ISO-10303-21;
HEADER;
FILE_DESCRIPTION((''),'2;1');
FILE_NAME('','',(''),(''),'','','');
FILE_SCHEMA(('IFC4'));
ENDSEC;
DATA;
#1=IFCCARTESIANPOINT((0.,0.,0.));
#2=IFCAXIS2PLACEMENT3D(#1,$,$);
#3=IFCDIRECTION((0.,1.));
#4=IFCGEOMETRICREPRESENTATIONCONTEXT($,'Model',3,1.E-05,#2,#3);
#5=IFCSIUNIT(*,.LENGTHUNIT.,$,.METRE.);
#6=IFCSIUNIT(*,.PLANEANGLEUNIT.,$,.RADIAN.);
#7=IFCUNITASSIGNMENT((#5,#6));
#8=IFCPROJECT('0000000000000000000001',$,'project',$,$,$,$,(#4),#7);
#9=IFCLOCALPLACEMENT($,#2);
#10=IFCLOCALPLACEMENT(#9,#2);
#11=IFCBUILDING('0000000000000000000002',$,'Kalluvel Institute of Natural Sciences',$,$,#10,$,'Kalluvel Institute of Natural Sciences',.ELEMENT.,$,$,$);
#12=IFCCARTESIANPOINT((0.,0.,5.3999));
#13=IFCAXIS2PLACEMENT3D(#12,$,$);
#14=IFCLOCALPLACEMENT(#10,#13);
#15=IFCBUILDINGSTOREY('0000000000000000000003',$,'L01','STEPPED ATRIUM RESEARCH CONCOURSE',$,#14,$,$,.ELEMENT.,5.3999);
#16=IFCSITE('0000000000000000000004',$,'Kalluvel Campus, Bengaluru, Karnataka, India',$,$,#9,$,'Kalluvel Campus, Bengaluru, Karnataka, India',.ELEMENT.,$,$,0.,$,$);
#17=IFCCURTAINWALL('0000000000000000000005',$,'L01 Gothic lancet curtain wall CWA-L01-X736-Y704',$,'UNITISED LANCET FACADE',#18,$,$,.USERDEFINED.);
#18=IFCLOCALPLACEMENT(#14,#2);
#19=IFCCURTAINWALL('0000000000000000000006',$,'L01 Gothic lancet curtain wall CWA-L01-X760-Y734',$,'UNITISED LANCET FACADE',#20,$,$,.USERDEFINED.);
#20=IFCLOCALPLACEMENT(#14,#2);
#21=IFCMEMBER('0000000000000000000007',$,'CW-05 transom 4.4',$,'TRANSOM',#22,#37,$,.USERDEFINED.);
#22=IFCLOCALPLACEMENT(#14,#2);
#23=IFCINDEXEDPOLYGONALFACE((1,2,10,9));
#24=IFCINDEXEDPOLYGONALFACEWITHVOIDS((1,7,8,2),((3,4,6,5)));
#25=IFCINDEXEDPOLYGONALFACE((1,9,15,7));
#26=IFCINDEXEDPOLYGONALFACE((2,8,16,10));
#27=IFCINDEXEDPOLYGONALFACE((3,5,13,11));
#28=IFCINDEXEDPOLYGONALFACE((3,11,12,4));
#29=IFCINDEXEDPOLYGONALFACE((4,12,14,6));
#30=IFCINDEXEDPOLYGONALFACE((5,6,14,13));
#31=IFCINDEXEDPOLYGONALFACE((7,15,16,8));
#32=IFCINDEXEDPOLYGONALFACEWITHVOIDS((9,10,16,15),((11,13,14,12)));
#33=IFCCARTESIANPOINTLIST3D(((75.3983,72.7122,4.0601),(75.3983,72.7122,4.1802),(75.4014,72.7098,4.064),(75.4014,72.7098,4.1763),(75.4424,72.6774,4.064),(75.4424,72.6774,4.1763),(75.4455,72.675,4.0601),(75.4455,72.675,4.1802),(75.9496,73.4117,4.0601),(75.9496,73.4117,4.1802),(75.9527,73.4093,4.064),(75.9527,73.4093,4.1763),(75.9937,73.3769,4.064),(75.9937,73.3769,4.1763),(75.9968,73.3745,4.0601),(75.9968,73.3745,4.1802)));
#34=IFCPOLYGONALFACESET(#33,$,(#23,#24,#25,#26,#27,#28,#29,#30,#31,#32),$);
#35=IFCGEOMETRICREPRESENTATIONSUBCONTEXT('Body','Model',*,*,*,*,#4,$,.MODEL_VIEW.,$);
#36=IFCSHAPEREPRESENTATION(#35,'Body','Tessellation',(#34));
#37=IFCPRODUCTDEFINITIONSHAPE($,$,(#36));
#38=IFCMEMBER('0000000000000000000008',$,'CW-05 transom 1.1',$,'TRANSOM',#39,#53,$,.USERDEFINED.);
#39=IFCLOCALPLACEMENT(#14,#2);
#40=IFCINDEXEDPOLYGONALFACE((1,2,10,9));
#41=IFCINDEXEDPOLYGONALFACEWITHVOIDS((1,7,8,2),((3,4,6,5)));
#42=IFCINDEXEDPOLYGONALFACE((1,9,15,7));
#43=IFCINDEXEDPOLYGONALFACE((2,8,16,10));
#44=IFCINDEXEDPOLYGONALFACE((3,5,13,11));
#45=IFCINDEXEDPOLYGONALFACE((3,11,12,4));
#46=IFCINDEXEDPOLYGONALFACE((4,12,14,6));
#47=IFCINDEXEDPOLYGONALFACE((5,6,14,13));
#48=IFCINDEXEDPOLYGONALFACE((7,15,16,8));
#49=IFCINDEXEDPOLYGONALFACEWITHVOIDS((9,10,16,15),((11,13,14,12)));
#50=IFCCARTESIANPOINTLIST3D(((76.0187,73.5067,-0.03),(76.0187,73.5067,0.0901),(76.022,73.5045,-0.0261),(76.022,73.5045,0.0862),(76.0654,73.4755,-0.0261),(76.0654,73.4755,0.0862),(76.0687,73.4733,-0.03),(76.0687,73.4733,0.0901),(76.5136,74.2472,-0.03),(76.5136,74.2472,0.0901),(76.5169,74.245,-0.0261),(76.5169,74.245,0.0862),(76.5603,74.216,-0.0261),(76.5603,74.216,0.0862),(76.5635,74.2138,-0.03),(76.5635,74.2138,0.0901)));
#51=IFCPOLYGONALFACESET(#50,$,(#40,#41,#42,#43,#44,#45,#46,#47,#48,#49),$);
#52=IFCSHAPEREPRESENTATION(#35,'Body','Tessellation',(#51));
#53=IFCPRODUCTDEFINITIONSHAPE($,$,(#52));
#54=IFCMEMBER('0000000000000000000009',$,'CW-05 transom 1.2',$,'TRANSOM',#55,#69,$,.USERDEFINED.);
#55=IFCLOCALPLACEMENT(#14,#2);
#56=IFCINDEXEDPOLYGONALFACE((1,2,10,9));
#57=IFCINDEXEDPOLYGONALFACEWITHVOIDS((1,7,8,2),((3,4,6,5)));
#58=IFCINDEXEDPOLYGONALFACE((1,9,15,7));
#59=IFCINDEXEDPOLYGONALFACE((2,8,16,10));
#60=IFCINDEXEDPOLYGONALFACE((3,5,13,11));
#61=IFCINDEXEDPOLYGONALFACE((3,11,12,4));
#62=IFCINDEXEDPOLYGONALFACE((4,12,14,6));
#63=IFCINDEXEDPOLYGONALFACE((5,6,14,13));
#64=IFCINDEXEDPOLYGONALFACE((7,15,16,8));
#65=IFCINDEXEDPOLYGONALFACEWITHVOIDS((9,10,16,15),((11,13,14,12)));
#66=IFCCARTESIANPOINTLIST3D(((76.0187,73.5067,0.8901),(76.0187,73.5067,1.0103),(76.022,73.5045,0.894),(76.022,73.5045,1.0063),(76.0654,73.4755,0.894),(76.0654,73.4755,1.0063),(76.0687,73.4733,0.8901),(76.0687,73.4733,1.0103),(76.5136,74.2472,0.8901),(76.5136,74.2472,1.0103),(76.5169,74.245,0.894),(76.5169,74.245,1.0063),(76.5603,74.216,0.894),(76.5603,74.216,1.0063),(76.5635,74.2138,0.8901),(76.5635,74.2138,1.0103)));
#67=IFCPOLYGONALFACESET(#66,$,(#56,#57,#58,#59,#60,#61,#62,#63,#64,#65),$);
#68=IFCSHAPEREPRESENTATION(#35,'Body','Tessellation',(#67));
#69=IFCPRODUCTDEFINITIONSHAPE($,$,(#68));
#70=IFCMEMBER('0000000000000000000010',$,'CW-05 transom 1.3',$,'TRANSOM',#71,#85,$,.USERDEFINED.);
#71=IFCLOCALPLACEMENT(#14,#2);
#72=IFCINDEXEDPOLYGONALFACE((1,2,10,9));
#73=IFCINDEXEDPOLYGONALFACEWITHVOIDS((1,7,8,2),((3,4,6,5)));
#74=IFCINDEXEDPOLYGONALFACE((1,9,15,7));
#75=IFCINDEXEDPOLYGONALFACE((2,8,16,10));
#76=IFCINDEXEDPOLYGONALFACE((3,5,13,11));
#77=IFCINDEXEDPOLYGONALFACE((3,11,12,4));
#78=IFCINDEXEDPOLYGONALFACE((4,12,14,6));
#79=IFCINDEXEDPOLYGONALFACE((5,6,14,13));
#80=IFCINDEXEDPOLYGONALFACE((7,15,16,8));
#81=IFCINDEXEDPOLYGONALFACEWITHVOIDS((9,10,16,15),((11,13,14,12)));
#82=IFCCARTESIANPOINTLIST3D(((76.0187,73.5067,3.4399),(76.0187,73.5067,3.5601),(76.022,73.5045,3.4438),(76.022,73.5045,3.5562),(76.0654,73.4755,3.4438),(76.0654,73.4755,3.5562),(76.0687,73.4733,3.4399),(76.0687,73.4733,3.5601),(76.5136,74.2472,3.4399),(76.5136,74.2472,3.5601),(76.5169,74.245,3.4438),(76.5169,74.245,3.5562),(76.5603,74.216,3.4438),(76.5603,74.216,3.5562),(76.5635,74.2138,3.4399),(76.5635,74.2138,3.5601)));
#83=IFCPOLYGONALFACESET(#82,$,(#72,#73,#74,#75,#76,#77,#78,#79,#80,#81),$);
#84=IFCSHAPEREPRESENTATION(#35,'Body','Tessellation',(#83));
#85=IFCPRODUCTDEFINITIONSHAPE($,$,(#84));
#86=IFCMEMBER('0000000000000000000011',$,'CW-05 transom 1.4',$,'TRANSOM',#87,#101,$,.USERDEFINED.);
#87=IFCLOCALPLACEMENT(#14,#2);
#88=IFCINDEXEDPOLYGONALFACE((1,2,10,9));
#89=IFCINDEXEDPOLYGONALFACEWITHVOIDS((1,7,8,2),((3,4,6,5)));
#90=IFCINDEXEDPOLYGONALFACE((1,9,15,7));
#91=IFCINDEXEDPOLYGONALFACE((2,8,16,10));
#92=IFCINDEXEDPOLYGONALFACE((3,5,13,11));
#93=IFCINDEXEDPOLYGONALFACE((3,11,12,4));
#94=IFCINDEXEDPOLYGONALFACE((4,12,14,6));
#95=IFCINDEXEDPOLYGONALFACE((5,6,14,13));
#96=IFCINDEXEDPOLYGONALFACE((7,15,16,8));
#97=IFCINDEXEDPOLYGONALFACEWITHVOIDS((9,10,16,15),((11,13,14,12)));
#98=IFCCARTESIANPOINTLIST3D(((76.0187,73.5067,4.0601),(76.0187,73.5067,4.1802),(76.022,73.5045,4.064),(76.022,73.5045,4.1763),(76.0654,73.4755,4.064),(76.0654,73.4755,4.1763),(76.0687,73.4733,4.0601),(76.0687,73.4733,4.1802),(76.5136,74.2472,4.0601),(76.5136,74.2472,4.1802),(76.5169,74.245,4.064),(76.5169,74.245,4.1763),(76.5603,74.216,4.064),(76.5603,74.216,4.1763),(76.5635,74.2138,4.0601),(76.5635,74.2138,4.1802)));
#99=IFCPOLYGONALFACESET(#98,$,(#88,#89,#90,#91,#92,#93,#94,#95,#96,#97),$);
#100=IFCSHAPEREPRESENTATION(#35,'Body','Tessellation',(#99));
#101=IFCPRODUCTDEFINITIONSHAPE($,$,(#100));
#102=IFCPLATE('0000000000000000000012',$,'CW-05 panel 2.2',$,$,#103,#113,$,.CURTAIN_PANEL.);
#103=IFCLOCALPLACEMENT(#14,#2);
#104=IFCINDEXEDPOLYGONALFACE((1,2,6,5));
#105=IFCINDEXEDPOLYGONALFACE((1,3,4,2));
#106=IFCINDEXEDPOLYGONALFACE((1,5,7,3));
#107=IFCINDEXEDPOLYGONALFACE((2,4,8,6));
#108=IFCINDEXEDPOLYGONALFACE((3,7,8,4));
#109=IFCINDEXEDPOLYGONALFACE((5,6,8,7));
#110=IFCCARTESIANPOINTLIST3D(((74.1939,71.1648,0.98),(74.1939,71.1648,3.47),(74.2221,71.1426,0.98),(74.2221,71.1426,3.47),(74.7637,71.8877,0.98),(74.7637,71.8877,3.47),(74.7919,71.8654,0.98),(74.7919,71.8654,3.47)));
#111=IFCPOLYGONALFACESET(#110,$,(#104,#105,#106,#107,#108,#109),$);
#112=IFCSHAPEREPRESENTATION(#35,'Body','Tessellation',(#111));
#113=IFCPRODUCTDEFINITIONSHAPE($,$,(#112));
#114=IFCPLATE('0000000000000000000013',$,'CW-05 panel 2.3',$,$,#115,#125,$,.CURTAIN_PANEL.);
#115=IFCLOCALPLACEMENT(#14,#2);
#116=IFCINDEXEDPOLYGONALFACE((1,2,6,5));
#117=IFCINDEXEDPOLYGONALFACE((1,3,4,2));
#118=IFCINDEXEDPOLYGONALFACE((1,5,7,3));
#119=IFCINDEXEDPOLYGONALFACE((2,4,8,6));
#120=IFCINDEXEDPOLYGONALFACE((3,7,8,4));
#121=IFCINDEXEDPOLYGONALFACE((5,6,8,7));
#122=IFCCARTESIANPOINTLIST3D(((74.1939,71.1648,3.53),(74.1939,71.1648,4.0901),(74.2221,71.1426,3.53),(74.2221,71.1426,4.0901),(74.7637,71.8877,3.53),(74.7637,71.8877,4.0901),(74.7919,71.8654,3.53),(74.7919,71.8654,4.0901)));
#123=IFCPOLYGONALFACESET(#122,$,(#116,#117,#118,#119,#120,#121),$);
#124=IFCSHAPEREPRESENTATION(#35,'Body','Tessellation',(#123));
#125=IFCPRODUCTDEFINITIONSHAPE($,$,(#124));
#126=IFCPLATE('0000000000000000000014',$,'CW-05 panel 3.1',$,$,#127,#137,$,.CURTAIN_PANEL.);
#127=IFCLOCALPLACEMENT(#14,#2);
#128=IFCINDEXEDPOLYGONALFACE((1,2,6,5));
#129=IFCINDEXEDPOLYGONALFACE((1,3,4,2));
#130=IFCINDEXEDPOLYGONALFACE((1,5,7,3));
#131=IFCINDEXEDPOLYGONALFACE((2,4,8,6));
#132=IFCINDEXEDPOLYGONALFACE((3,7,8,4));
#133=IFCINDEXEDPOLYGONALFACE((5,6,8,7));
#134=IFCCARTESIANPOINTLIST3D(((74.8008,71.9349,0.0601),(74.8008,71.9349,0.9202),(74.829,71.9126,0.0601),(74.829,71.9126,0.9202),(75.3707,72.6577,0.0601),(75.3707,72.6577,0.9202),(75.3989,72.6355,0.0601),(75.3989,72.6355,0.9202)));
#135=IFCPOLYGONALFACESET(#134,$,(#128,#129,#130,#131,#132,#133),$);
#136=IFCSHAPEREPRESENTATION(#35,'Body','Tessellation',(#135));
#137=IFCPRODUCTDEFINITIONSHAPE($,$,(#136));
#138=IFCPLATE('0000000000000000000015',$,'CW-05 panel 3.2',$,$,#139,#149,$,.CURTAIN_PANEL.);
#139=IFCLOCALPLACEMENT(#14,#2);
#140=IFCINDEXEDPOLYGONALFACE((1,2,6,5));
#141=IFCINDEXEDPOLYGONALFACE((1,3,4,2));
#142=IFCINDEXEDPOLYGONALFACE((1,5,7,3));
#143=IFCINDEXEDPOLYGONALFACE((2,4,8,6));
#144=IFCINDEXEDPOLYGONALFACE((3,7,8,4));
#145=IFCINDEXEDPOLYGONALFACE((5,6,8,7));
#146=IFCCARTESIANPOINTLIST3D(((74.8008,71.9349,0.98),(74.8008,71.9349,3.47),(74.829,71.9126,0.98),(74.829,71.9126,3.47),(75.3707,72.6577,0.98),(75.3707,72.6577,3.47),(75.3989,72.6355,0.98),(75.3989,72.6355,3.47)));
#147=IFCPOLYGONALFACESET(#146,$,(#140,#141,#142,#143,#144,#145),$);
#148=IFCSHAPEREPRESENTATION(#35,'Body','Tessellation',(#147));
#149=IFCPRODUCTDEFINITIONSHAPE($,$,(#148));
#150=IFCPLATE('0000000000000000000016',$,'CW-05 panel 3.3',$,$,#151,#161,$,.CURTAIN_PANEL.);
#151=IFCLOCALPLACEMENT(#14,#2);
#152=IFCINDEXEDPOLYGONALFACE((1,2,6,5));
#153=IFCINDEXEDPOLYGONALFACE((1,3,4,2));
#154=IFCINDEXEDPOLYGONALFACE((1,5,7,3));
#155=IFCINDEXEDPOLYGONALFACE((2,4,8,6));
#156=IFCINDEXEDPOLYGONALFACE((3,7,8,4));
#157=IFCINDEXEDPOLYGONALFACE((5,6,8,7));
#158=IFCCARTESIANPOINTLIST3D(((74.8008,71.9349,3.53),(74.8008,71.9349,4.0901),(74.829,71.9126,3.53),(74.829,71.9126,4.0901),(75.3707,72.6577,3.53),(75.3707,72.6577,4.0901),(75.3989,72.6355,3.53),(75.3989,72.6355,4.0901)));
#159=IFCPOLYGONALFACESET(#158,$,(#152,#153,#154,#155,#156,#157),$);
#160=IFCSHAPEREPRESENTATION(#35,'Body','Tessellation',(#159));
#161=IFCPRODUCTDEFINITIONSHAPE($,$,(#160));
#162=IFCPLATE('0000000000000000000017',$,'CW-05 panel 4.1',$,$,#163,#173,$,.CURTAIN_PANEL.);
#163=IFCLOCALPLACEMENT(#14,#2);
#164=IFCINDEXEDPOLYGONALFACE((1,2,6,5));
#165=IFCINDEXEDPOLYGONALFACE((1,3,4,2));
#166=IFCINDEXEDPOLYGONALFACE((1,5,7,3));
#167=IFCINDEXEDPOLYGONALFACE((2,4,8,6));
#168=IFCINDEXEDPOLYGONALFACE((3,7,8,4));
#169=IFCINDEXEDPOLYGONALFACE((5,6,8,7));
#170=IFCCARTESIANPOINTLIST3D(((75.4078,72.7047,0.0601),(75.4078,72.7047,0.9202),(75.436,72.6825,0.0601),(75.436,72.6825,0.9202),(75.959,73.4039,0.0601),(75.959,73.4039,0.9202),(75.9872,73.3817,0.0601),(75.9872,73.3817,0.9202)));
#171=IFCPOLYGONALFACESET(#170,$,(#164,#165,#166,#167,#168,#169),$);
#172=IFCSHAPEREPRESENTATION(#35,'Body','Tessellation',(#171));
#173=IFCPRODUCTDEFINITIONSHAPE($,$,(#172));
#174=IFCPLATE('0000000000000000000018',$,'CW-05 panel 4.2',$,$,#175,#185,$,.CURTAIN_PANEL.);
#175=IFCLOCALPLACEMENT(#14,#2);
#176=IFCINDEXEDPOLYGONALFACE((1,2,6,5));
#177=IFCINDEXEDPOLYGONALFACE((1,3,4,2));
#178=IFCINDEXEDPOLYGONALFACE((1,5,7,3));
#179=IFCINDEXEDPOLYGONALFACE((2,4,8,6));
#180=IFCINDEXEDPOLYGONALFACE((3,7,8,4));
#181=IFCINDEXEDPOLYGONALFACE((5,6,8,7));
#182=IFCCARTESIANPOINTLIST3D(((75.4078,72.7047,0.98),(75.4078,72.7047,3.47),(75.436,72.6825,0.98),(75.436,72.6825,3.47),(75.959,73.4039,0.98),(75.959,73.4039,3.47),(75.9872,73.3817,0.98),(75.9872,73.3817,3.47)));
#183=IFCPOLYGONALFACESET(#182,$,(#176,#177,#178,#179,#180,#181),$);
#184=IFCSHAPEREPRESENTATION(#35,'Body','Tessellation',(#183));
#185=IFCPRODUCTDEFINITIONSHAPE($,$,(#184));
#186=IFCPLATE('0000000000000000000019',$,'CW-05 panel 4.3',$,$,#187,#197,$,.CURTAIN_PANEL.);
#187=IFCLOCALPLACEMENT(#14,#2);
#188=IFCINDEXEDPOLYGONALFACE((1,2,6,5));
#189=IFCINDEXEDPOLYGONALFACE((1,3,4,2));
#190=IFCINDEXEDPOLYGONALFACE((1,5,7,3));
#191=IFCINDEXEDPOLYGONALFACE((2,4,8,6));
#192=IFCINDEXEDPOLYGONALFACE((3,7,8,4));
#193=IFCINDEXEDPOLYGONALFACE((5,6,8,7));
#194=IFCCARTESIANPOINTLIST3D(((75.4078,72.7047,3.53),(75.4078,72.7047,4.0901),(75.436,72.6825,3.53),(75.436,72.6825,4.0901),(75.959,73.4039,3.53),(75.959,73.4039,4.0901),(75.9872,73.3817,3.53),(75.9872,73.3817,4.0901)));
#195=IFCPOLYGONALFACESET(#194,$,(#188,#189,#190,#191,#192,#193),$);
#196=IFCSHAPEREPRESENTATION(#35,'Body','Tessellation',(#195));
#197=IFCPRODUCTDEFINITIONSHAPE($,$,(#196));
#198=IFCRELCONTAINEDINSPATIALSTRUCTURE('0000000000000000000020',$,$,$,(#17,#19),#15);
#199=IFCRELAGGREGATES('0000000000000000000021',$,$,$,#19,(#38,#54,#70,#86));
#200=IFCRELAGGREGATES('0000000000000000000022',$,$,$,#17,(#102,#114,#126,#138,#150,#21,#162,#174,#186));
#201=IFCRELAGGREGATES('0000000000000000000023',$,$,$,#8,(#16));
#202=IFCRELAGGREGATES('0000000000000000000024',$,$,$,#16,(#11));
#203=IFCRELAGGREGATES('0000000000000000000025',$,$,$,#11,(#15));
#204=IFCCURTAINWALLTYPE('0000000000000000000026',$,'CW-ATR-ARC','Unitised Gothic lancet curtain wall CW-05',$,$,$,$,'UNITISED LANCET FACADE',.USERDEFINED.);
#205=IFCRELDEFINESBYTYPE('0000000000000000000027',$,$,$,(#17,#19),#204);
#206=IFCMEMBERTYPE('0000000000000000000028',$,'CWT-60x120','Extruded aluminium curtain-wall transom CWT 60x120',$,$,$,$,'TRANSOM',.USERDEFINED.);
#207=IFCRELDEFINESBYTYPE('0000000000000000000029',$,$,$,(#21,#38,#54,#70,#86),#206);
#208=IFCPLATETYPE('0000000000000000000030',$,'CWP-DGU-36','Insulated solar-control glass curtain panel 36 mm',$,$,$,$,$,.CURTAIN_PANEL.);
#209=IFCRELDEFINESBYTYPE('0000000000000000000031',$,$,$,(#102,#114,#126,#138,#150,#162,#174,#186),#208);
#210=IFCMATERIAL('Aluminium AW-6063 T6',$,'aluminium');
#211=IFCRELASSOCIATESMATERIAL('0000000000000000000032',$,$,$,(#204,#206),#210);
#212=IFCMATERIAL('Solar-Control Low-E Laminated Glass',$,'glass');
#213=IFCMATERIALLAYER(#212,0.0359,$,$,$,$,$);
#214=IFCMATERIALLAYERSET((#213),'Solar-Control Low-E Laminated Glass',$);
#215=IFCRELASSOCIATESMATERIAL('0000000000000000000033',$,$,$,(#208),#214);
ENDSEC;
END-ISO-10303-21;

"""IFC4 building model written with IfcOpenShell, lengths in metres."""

from ifc_helpers import new_model, si_unit, direction, frame, origin, origin_2d, place, context, subcontext, project, spatial, rectangle, hollow_rectangle, extrude, material, layer, layer_set, material_profile, profile_set, type_object, element, aggregate, save


model = new_model("IFC4")

# Units and contexts
model_context = context("Model", 3, precision=1e-05, world=origin(), true_north=direction((0.0, 1.0)))
body_context = subcontext(model_context, "Body", "Model", "MODEL_VIEW")
ifc_project = project(units=[si_unit("LENGTHUNIT", "METRE"), si_unit("PLANEANGLEUNIT", "RADIAN")], contexts=[model_context])

# Site, building, storey
site_placement = place(None, origin())
site = spatial("IfcSite", under=ifc_project, at=site_placement, Name="Kalluvel Campus, Bengaluru, Karnataka, India", LongName="Kalluvel Campus, Bengaluru, Karnataka, India", CompositionType="ELEMENT", RefElevation=0.0)
building_placement = place(site_placement, origin())
building = spatial("IfcBuilding", under=site, at=building_placement, Name="Kalluvel Institute of Natural Sciences", LongName="Kalluvel Institute of Natural Sciences", CompositionType="ELEMENT")
storey_placement = place(building_placement, frame((0.0, 0.0, 5.3999)))
storey = spatial("IfcBuildingStorey", under=building, at=storey_placement, Name="L01", Description="STEPPED ATRIUM RESEARCH CONCOURSE", CompositionType="ELEMENT", Elevation=5.3999)

# Curtain wall
ifc_material_1 = material(Name="Aluminium AW-6063 T6", Category="aluminium")
curtain_wall_type = type_object("IfcCurtainWallType", Name="CW-ATR-ARC", Description="Unitised Gothic lancet curtain wall CW-05", ElementType="UNITISED LANCET FACADE", PredefinedType="USERDEFINED", material=ifc_material_1)
curtain_wall_1_placement = place(storey_placement, origin())
curtain_wall_1 = element("IfcCurtainWall", 1, at=curtain_wall_1_placement, inside=storey, type_object=curtain_wall_type, Name="L01 Gothic lancet curtain wall CWA-L01-X736-Y704", ObjectType="UNITISED LANCET FACADE", PredefinedType="USERDEFINED")

# Curtain wall
curtain_wall_2_placement = place(storey_placement, origin())
curtain_wall_2 = element("IfcCurtainWall", 2, at=curtain_wall_2_placement, inside=storey, type_object=curtain_wall_type, Name="L01 Gothic lancet curtain wall CWA-L01-X760-Y734", ObjectType="UNITISED LANCET FACADE", PredefinedType="USERDEFINED")

# Members
ifc_material_profile_1 = material_profile(ifc_material_1, hollow_rectangle(XDim=0.0601, YDim=0.1201, WallThickness=0.0039, at=origin_2d()), Name="CWT 60x120")
ifc_profile_set_1 = profile_set([ifc_material_profile_1], Name="Aluminium AW-6063 T6")
member_type_1 = type_object("IfcMemberType", Name="CWT-60x120", Description="Extruded aluminium curtain-wall transom CWT 60x120", ElementType="TRANSOM", PredefinedType="USERDEFINED", material=ifc_profile_set_1)
member_1_placement = place(storey_placement, frame((75.4219, 72.6936, 4.1201), z_axis=(0.618995, 0.785395, 0.0), x_axis=(-0.785395, 0.618995, 0.0)))
member_1 = element("IfcMember", 3, at=member_1_placement, type_object=member_type_1, Name="CW-05 transom 4.4", ObjectType="TRANSOM", PredefinedType="USERDEFINED", context=body_context, shape_type="SweptSolid", body=[
    extrude(hollow_rectangle(XDim=0.0601, YDim=0.1201, WallThickness=0.0039, at=origin_2d()), origin(), (0.0, 0.0, 1.0), 0.8906),
])
member_2_placement = place(storey_placement, frame((76.0437, 73.49, 0.03), z_axis=(0.555649, 0.831417, 0.0), x_axis=(-0.831417, 0.555649, 0.0)))
member_2 = element("IfcMember", 4, at=member_2_placement, type_object=member_type_1, Name="CW-05 transom 1.1", ObjectType="TRANSOM", PredefinedType="USERDEFINED", context=body_context, shape_type="SweptSolid", body=[
    extrude(hollow_rectangle(XDim=0.0601, YDim=0.1201, WallThickness=0.0039, at=origin_2d()), origin(), (0.0, 0.0, 1.0), 0.8906),
])
member_3_placement = place(storey_placement, frame((76.0437, 73.49, 0.9502), z_axis=(0.555649, 0.831417, 0.0), x_axis=(-0.831417, 0.555649, 0.0)))
member_3 = element("IfcMember", 5, at=member_3_placement, type_object=member_type_1, Name="CW-05 transom 1.2", ObjectType="TRANSOM", PredefinedType="USERDEFINED", context=body_context, shape_type="SweptSolid", body=[
    extrude(hollow_rectangle(XDim=0.0601, YDim=0.1201, WallThickness=0.0039, at=origin_2d()), origin(), (0.0, 0.0, 1.0), 0.8906),
])
member_4_placement = place(storey_placement, frame((76.0437, 73.49, 3.5), z_axis=(0.555649, 0.831417, 0.0), x_axis=(-0.831417, 0.555649, 0.0)))
member_4 = element("IfcMember", 6, at=member_4_placement, type_object=member_type_1, Name="CW-05 transom 1.3", ObjectType="TRANSOM", PredefinedType="USERDEFINED", context=body_context, shape_type="SweptSolid", body=[
    extrude(hollow_rectangle(XDim=0.0601, YDim=0.1201, WallThickness=0.0039, at=origin_2d()), origin(), (0.0, 0.0, 1.0), 0.8906),
])
member_5_placement = place(storey_placement, frame((76.0437, 73.49, 4.1201), z_axis=(0.555649, 0.831417, 0.0), x_axis=(-0.831417, 0.555649, 0.0)))
member_5 = element("IfcMember", 7, at=member_5_placement, type_object=member_type_1, Name="CW-05 transom 1.4", ObjectType="TRANSOM", PredefinedType="USERDEFINED", context=body_context, shape_type="SweptSolid", body=[
    extrude(hollow_rectangle(XDim=0.0601, YDim=0.1201, WallThickness=0.0039, at=origin_2d()), origin(), (0.0, 0.0, 1.0), 0.8906),
])
aggregate(curtain_wall_2, [member_2, member_3, member_4, member_5])

# Plates
ifc_material_2 = material(Name="Solar-Control Low-E Laminated Glass", Category="glass")
ifc_layer_1 = layer(ifc_material_2, 0.0359)
ifc_layer_set_1 = layer_set([ifc_layer_1], Name="Solar-Control Low-E Laminated Glass")
plate_type = type_object("IfcPlateType", Name="CWP-DGU-36", Description="Insulated solar-control glass curtain panel 36 mm", PredefinedType="CURTAIN_PANEL", material=ifc_layer_set_1)
plate_1_placement = place(storey_placement, frame((74.4929, 71.5151, 0.98), z_axis=(0.0, 0.0, 1.0), x_axis=(0.619098, 0.785314, 0.0)))
plate_1 = element("IfcPlate", 8, at=plate_1_placement, type_object=plate_type, Name="CW-05 panel 2.2", PredefinedType="CURTAIN_PANEL", context=body_context, shape_type="SweptSolid", body=[
    extrude(rectangle(XDim=0.9204, YDim=0.0359, at=origin_2d()), origin(), (0.0, 0.0, 1.0), 2.49),
])
plate_2_placement = place(storey_placement, frame((74.4929, 71.5151, 3.53), z_axis=(0.0, 0.0, 1.0), x_axis=(0.619098, 0.785314, 0.0)))
plate_2 = element("IfcPlate", 9, at=plate_2_placement, type_object=plate_type, Name="CW-05 panel 2.3", PredefinedType="CURTAIN_PANEL", context=body_context, shape_type="SweptSolid", body=[
    extrude(rectangle(XDim=0.9204, YDim=0.0359, at=origin_2d()), origin(), (0.0, 0.0, 1.0), 0.5601),
])
plate_3_placement = place(storey_placement, frame((75.0999, 72.2852, 0.0601), z_axis=(0.0, 0.0, 1.0), x_axis=(0.619098, 0.785314, 0.0)))
plate_3 = element("IfcPlate", 10, at=plate_3_placement, type_object=plate_type, Name="CW-05 panel 3.1", PredefinedType="CURTAIN_PANEL", context=body_context, shape_type="SweptSolid", body=[
    extrude(rectangle(XDim=0.9204, YDim=0.0359, at=origin_2d()), origin(), (0.0, 0.0, 1.0), 0.8601),
])
plate_4_placement = place(storey_placement, frame((75.0999, 72.2852, 0.98), z_axis=(0.0, 0.0, 1.0), x_axis=(0.619098, 0.785314, 0.0)))
plate_4 = element("IfcPlate", 11, at=plate_4_placement, type_object=plate_type, Name="CW-05 panel 3.2", PredefinedType="CURTAIN_PANEL", context=body_context, shape_type="SweptSolid", body=[
    extrude(rectangle(XDim=0.9204, YDim=0.0359, at=origin_2d()), origin(), (0.0, 0.0, 1.0), 2.49),
])
plate_5_placement = place(storey_placement, frame((75.0999, 72.2852, 3.53), z_axis=(0.0, 0.0, 1.0), x_axis=(0.619098, 0.785314, 0.0)))
plate_5 = element("IfcPlate", 12, at=plate_5_placement, type_object=plate_type, Name="CW-05 panel 3.3", PredefinedType="CURTAIN_PANEL", context=body_context, shape_type="SweptSolid", body=[
    extrude(rectangle(XDim=0.9204, YDim=0.0359, at=origin_2d()), origin(), (0.0, 0.0, 1.0), 0.5601),
])
plate_6_placement = place(storey_placement, frame((75.6975, 73.0432, 0.0601), z_axis=(0.0, 0.0, 1.0), x_axis=(0.619098, 0.785314, 0.0)))
plate_6 = element("IfcPlate", 13, at=plate_6_placement, type_object=plate_type, Name="CW-05 panel 4.1", PredefinedType="CURTAIN_PANEL", context=body_context, shape_type="SweptSolid", body=[
    extrude(rectangle(XDim=0.8904, YDim=0.0359, at=origin_2d()), origin(), (0.0, 0.0, 1.0), 0.8601),
])
plate_7_placement = place(storey_placement, frame((75.6975, 73.0432, 0.98), z_axis=(0.0, 0.0, 1.0), x_axis=(0.619098, 0.785314, 0.0)))
plate_7 = element("IfcPlate", 14, at=plate_7_placement, type_object=plate_type, Name="CW-05 panel 4.2", PredefinedType="CURTAIN_PANEL", context=body_context, shape_type="SweptSolid", body=[
    extrude(rectangle(XDim=0.8904, YDim=0.0359, at=origin_2d()), origin(), (0.0, 0.0, 1.0), 2.49),
])
plate_8_placement = place(storey_placement, frame((75.6975, 73.0432, 3.53), z_axis=(0.0, 0.0, 1.0), x_axis=(0.619098, 0.785314, 0.0)))
plate_8 = element("IfcPlate", 15, at=plate_8_placement, type_object=plate_type, Name="CW-05 panel 4.3", PredefinedType="CURTAIN_PANEL", context=body_context, shape_type="SweptSolid", body=[
    extrude(rectangle(XDim=0.8904, YDim=0.0359, at=origin_2d()), origin(), (0.0, 0.0, 1.0), 0.5601),
])
aggregate(curtain_wall_1, [plate_1, plate_2, plate_3, plate_4, plate_5, member_1, plate_6, plate_7, plate_8])

save(model, "model.ifc")
